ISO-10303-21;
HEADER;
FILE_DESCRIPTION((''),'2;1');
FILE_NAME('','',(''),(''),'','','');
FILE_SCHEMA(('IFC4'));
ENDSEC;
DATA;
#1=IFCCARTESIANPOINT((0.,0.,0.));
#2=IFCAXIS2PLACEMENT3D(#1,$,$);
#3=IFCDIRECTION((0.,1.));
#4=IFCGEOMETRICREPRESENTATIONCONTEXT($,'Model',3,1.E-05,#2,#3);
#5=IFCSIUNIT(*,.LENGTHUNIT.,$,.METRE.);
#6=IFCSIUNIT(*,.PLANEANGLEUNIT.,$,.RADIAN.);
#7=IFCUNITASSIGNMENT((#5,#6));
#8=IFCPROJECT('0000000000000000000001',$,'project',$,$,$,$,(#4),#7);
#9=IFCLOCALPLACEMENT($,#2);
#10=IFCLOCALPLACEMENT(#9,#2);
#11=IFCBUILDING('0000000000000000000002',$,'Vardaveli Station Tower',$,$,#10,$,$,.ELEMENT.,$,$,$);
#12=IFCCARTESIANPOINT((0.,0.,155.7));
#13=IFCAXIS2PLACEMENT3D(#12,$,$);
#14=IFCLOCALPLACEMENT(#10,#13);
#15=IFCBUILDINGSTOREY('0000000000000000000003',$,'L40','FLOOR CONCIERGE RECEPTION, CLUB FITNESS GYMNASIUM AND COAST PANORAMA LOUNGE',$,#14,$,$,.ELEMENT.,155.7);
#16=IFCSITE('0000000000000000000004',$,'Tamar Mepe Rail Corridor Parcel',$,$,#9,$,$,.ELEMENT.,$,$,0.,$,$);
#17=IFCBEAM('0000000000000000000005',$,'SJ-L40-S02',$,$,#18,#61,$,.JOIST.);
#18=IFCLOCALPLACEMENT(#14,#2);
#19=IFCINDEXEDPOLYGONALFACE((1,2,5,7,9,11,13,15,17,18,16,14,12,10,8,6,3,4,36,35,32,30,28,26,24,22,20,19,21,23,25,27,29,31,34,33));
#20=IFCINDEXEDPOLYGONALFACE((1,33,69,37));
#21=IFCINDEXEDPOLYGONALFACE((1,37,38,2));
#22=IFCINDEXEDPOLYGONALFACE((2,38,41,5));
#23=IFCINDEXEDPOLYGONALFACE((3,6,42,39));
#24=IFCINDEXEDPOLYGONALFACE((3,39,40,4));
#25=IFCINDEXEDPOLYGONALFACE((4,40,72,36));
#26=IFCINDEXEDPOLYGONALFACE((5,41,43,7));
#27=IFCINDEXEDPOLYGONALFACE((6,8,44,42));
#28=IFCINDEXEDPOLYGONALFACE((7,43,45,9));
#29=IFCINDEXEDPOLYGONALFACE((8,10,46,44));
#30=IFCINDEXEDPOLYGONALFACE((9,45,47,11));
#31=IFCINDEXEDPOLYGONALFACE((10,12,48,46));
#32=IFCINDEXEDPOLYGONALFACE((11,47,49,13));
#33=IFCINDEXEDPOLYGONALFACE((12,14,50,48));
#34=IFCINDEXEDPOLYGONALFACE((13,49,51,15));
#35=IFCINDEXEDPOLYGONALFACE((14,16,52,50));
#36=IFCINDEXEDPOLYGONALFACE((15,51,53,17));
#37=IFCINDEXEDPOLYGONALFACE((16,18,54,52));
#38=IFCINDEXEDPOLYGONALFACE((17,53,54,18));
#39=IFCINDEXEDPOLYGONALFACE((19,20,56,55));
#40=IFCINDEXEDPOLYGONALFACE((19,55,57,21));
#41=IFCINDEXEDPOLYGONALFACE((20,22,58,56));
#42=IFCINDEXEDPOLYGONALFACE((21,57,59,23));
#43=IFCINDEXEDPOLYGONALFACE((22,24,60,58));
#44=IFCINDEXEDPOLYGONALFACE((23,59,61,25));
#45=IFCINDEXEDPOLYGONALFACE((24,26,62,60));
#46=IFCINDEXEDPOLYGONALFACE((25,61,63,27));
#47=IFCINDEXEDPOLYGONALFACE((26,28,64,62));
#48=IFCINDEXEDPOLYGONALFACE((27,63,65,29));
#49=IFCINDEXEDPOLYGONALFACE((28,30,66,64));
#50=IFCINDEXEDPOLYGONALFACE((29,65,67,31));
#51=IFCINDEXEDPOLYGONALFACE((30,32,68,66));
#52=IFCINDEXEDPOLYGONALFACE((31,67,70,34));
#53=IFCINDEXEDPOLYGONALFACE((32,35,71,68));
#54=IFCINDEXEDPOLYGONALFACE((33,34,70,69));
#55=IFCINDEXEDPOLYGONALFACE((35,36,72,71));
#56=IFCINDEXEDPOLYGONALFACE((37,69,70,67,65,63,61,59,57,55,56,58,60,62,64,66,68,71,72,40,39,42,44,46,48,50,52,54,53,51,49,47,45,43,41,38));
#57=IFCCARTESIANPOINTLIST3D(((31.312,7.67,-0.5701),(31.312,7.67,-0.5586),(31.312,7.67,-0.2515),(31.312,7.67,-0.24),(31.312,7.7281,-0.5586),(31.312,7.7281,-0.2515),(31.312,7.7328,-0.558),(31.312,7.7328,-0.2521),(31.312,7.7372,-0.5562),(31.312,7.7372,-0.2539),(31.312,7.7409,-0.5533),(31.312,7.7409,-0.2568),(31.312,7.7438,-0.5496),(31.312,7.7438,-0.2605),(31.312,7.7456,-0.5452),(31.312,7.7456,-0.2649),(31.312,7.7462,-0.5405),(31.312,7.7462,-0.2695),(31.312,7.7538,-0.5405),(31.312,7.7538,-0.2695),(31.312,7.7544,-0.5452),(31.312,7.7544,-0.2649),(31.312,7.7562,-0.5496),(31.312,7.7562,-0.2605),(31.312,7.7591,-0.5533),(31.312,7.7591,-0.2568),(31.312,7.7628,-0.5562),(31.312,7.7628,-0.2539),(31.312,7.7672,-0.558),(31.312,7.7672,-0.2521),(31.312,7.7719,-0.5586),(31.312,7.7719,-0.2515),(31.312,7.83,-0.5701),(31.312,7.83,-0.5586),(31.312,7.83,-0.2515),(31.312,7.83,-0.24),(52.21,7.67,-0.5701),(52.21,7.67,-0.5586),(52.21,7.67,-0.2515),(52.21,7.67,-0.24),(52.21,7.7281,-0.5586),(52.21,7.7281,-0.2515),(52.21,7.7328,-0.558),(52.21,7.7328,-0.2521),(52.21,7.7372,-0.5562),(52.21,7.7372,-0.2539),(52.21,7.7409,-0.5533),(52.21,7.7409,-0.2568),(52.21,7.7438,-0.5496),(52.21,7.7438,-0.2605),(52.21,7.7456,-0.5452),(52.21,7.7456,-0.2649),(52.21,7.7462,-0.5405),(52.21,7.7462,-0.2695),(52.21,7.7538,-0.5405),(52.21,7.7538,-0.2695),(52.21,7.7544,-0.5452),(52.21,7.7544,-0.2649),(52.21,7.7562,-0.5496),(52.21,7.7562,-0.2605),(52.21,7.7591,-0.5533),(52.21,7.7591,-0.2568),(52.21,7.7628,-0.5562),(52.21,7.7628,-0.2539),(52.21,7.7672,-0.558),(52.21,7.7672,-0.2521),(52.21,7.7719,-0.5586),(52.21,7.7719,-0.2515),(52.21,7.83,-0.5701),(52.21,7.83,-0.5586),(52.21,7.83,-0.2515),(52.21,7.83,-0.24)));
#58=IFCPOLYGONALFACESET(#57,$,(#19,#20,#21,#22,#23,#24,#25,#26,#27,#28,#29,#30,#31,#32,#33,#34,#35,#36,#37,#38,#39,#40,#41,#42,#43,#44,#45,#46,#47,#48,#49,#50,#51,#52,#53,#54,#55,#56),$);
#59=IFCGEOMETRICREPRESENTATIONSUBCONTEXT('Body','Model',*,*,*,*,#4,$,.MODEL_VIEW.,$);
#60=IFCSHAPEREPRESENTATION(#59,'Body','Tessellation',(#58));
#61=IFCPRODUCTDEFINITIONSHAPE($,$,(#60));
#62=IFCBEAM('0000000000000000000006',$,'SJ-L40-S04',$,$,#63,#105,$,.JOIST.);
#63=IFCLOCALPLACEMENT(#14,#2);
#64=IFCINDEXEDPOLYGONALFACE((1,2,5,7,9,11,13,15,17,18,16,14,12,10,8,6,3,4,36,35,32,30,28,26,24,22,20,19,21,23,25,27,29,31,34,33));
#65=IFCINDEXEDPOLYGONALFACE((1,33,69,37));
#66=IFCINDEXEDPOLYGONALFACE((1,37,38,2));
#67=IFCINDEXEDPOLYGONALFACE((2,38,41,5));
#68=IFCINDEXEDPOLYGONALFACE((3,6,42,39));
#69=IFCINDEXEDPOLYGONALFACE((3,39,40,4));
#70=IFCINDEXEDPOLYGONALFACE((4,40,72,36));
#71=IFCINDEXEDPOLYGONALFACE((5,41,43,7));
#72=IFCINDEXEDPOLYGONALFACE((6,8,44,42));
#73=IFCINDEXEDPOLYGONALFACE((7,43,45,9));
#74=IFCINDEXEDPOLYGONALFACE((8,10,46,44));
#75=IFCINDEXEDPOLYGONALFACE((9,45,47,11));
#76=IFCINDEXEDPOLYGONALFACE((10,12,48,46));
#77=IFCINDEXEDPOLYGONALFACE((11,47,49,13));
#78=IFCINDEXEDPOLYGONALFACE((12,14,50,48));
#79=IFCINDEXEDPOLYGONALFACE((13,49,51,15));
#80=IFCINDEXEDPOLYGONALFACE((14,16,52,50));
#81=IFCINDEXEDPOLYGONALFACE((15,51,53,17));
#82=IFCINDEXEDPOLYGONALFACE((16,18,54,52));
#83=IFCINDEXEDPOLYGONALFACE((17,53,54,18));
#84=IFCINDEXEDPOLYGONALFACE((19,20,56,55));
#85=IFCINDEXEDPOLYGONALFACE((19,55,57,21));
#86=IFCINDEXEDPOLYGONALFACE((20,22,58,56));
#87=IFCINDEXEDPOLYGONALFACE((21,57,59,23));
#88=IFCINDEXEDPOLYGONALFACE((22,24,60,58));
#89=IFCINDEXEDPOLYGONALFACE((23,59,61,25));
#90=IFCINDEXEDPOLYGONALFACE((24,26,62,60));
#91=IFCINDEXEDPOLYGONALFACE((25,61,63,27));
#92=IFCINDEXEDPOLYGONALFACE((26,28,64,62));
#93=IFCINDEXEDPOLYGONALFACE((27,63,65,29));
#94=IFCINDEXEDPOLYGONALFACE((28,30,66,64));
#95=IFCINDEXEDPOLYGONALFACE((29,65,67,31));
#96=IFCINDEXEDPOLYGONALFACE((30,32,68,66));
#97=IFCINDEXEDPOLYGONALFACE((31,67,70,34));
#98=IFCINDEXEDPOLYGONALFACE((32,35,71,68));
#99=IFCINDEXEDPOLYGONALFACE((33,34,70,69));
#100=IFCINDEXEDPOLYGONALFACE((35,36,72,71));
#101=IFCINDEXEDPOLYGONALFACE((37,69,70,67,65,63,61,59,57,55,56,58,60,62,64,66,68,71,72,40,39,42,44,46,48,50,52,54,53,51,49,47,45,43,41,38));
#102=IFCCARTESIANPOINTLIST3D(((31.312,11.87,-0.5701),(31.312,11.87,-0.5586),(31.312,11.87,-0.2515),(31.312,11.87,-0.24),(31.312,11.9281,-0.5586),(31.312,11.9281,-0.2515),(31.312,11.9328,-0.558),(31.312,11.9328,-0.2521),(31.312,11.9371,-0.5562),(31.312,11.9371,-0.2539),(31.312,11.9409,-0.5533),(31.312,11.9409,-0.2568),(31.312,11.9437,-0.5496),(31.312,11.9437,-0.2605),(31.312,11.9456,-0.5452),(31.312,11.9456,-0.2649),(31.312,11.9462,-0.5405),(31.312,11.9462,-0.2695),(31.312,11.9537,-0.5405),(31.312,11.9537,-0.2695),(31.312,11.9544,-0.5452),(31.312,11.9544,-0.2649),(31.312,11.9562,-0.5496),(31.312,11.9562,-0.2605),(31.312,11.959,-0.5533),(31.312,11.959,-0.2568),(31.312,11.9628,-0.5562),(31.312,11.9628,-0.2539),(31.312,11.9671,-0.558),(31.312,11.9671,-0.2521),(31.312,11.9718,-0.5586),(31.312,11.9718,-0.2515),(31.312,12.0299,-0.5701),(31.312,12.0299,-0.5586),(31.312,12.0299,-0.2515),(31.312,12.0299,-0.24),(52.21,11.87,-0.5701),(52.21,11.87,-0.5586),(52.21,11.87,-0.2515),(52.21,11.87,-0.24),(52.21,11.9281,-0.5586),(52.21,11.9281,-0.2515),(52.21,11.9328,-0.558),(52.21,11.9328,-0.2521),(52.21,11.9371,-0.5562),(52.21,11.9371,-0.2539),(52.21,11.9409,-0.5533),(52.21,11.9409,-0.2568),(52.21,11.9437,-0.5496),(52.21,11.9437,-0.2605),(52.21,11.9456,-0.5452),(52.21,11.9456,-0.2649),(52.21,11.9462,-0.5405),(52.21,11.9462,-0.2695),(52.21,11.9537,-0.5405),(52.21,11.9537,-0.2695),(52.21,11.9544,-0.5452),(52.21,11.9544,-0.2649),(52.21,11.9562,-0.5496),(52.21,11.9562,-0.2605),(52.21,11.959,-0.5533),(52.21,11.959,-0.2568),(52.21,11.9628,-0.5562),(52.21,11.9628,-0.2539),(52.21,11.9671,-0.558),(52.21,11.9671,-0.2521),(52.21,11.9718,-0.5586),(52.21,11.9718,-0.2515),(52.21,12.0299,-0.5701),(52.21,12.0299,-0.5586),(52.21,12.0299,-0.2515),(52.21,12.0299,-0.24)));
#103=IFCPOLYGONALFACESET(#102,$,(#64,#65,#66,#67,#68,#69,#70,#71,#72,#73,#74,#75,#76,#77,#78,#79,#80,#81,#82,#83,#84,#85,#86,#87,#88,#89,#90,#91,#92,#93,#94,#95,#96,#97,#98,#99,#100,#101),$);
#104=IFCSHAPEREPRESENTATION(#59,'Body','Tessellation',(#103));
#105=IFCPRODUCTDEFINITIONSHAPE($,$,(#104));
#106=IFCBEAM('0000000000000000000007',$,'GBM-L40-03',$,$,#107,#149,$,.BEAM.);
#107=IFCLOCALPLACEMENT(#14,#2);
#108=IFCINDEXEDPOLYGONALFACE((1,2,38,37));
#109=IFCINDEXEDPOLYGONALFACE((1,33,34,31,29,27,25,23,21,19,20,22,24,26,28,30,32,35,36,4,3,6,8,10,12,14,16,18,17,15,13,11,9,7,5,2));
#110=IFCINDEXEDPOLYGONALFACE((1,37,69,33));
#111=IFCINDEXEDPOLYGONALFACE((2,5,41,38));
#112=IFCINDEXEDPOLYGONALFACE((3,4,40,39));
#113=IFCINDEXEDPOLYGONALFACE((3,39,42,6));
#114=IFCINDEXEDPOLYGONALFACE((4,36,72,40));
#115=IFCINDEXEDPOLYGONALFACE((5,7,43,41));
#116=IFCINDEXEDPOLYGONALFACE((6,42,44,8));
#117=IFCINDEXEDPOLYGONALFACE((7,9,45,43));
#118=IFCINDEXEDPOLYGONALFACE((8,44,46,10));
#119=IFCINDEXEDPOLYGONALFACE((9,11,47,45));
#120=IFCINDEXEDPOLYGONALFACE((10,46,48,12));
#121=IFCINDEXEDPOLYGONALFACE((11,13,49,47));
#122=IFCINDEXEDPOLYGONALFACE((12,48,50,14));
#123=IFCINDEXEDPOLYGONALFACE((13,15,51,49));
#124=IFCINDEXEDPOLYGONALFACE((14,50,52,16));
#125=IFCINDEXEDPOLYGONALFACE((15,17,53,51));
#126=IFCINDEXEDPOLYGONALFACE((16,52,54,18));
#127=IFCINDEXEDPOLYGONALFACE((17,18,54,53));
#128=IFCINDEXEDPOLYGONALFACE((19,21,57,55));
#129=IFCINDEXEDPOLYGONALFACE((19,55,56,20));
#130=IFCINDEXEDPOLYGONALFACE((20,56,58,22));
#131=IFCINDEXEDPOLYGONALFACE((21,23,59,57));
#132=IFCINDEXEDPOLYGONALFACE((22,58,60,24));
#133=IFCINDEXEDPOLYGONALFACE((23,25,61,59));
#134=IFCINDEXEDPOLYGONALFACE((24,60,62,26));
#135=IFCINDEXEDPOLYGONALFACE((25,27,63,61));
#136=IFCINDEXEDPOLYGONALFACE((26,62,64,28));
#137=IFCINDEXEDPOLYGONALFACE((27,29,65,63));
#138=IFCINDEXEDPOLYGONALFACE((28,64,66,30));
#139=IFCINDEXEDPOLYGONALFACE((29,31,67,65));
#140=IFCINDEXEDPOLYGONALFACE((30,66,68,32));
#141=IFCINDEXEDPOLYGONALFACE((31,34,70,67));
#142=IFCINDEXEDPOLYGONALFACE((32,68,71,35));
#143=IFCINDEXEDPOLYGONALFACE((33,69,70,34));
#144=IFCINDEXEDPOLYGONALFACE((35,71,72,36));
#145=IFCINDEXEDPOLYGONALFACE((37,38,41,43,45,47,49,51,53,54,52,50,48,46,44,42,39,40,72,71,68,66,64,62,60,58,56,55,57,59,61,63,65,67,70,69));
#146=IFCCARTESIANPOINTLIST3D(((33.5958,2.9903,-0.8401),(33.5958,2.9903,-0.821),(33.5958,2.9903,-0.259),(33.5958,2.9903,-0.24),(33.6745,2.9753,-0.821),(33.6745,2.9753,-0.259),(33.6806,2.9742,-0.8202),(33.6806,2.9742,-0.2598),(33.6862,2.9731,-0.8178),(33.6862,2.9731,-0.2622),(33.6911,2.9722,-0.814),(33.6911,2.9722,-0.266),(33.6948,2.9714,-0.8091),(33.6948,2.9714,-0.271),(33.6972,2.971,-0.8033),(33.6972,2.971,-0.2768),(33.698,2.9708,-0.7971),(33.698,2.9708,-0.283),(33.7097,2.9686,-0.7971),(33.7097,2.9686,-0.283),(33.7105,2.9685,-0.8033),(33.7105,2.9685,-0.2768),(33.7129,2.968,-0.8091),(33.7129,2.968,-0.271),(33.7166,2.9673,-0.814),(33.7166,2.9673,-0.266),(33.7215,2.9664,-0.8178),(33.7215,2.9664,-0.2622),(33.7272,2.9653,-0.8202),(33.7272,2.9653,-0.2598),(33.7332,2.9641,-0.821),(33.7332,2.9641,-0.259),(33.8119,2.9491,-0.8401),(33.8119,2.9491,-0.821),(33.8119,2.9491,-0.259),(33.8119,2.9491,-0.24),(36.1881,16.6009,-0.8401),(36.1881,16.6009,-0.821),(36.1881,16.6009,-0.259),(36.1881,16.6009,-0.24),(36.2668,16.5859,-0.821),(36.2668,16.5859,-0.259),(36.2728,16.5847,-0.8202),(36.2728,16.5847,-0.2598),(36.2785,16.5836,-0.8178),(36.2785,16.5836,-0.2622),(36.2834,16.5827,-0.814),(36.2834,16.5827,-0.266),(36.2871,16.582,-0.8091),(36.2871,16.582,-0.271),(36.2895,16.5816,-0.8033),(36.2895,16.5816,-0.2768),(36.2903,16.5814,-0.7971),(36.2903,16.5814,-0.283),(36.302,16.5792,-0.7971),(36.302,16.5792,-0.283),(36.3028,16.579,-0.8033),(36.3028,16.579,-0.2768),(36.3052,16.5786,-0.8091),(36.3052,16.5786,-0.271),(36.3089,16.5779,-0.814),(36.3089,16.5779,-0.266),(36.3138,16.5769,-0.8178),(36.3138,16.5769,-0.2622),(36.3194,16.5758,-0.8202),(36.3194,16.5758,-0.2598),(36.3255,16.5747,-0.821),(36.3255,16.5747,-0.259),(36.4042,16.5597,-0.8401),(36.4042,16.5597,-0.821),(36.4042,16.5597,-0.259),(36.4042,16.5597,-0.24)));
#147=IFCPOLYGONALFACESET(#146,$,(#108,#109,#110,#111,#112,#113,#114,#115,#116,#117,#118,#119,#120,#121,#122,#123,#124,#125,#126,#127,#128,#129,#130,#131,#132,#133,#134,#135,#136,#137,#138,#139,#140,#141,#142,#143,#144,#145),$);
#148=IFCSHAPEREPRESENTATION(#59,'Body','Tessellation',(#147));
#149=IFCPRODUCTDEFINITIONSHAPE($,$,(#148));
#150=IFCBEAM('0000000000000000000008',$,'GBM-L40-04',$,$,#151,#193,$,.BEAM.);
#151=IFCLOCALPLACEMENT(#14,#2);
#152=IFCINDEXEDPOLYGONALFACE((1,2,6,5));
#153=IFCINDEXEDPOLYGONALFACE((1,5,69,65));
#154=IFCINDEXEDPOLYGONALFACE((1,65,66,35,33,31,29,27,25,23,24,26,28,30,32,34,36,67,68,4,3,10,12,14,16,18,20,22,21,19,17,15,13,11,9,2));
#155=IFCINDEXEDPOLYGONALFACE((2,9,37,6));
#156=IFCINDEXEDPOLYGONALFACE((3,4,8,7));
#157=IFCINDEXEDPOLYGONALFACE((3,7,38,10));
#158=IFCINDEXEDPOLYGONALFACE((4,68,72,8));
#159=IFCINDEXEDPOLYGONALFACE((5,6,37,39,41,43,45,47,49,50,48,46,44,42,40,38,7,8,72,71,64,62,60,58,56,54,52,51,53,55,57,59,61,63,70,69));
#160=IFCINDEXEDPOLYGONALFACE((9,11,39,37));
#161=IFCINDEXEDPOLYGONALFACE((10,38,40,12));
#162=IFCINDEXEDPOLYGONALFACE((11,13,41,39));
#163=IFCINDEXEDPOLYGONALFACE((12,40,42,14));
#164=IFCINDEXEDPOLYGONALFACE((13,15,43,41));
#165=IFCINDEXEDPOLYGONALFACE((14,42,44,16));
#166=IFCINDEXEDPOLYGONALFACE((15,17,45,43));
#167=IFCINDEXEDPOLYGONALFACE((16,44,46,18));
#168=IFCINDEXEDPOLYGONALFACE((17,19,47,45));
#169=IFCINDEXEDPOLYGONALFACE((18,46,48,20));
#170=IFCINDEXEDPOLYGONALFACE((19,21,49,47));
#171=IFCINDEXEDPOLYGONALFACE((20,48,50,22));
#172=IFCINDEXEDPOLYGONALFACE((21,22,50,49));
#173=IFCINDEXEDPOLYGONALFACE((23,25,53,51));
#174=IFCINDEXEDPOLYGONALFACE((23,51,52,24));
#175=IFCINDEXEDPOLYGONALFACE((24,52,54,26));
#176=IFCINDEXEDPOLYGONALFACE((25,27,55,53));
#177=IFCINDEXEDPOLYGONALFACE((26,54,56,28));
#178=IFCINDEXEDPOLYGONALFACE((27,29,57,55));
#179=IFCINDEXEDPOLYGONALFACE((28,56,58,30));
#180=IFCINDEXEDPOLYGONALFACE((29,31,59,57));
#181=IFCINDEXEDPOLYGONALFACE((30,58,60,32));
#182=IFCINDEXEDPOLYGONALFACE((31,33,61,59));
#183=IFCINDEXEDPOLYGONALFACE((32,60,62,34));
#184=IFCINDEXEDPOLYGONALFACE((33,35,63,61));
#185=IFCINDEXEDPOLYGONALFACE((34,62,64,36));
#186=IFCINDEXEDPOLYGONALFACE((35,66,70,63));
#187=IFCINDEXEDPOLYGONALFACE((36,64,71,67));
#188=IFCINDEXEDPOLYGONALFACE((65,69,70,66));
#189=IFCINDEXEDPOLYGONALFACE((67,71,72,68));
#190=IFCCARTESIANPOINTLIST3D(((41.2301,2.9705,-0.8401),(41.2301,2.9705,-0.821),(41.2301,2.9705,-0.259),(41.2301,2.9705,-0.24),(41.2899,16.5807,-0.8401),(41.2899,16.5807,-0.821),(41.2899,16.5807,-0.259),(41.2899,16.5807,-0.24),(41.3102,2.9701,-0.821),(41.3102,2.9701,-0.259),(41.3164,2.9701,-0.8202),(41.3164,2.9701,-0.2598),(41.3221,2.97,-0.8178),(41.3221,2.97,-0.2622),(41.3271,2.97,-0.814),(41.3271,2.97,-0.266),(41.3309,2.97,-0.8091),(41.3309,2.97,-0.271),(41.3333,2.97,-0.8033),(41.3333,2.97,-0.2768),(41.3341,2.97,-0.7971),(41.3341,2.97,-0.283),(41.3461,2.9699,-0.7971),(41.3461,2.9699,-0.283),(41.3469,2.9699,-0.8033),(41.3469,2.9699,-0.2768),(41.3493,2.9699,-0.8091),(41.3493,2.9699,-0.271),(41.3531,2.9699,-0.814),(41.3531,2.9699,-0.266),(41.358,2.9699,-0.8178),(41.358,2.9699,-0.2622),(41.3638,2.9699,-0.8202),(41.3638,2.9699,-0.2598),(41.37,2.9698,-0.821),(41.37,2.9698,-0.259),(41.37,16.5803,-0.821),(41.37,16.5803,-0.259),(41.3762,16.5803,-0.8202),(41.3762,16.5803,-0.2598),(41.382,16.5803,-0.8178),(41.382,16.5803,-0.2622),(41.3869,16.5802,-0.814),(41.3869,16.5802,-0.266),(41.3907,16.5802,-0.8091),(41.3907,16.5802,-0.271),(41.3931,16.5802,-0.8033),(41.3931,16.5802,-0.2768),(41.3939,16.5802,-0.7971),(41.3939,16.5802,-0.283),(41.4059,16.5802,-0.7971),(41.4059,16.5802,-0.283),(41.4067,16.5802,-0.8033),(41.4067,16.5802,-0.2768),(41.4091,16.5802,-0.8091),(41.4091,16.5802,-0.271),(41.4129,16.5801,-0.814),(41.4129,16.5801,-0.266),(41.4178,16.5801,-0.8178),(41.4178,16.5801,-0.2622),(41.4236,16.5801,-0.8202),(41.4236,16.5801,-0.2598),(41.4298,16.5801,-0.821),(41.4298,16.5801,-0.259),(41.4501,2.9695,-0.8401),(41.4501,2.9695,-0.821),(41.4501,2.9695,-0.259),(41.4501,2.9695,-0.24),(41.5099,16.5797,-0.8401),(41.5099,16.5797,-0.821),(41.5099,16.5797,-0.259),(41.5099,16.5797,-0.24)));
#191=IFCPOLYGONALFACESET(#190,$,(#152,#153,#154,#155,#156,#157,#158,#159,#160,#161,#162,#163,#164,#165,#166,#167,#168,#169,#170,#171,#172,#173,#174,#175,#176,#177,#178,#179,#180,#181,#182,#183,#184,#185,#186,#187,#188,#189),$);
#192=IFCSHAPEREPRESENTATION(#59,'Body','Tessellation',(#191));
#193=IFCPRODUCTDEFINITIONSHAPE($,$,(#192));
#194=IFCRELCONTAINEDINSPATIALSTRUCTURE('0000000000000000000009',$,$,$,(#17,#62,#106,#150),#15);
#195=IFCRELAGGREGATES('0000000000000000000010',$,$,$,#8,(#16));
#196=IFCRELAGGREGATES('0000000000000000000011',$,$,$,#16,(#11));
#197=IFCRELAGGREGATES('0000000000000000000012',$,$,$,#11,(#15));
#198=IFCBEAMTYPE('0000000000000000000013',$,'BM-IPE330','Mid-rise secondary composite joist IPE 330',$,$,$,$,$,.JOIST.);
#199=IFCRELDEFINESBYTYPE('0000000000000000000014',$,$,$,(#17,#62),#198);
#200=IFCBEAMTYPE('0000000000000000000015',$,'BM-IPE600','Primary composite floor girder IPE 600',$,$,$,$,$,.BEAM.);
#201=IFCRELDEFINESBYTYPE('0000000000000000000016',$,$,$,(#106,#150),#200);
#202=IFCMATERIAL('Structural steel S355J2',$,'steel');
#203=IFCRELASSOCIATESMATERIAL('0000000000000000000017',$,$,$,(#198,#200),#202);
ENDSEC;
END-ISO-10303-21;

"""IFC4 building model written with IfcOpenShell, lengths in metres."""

from ifc_helpers import new_model, si_unit, direction, frame, origin, origin_2d, place, context, subcontext, project, spatial, i_section, extrude, source, transform, mapped, material, material_profile, profile_set, type_object, element, save


model = new_model("IFC4")

# Units and contexts
model_context = context("Model", 3, precision=1e-05, world=origin(), true_north=direction((0.0, 1.0)))
body_context = subcontext(model_context, "Body", "Model", "MODEL_VIEW")
ifc_project = project(units=[si_unit("LENGTHUNIT", "METRE"), si_unit("PLANEANGLEUNIT", "RADIAN")], contexts=[model_context])

# Site, building, storey
site_placement = place(None, origin())
site = spatial("IfcSite", under=ifc_project, at=site_placement, Name="Tamar Mepe Rail Corridor Parcel", CompositionType="ELEMENT", RefElevation=0.0)
building_placement = place(site_placement, origin())
building = spatial("IfcBuilding", under=site, at=building_placement, Name="Vardaveli Station Tower", CompositionType="ELEMENT")
storey_placement = place(building_placement, frame((0.0, 0.0, 155.7)))
storey = spatial("IfcBuildingStorey", under=building, at=storey_placement, Name="L40", Description="FLOOR CONCIERGE RECEPTION, CLUB FITNESS GYMNASIUM AND COAST PANORAMA LOUNGE", CompositionType="ELEMENT", Elevation=155.7)

# Beams
ifc_material_1 = material(Name="Structural steel S355J2", Category="steel")
ifc_material_profile_1 = material_profile(ifc_material_1, i_section(OverallWidth=0.1599, OverallDepth=0.3301, WebThickness=0.0076, FlangeThickness=0.0115, FilletRadius=0.0181, at=origin_2d()), Name="IPE 330")
ifc_profile_set_1 = profile_set([ifc_material_profile_1], Name="Structural steel S355J2")
beam_type_1 = type_object("IfcBeamType", Name="BM-IPE330", Description="Mid-rise secondary composite joist IPE 330", PredefinedType="JOIST", material=ifc_profile_set_1)
shared_shape_1 = source(origin(), body_context, "Body", "SweptSolid", [
    extrude(i_section(OverallWidth=0.1599, OverallDepth=0.3301, WebThickness=0.0076, FlangeThickness=0.0115, FilletRadius=0.0181, at=origin_2d()), origin(), (0.0, 0.0, 1.0), 20.8979),
])
for number, where, z_axis, x_axis, name in (
    (1, (31.312, 7.75, -0.405), (1.0, 0.0, 0.0), (0.0, 1.0, 0.0), "SJ-L40-S02"),
    (2, (31.312, 11.95, -0.405), (1.0, 0.0, 0.0), (0.0, 1.0, 0.0), "SJ-L40-S04"),
):
    element("IfcBeam", number, at=place(storey_placement, frame(where, z_axis=z_axis, x_axis=x_axis)), inside=storey, type_object=beam_type_1, Name=name, PredefinedType="JOIST", context=body_context, shape_type="MappedRepresentation", body=[
        mapped(shared_shape_1, transform((0.0, 0.0, 0.0), scale=1.0)),
    ])
ifc_material_profile_2 = material_profile(ifc_material_1, i_section(OverallWidth=0.22, OverallDepth=0.6001, WebThickness=0.012, FlangeThickness=0.019, FilletRadius=0.0239, at=origin_2d()), Name="IPE 600")
ifc_profile_set_2 = profile_set([ifc_material_profile_2], Name="Structural steel S355J2")
beam_type_2 = type_object("IfcBeamType", Name="BM-IPE600", Description="Primary composite floor girder IPE 600", PredefinedType="BEAM", material=ifc_profile_set_2)
shared_shape_2 = source(origin(), body_context, "Body", "SweptSolid", [
    extrude(i_section(OverallWidth=0.22, OverallDepth=0.6001, WebThickness=0.012, FlangeThickness=0.019, FilletRadius=0.0239, at=origin_2d()), origin(), (0.0, 0.0, 1.0), 13.8552),
])
beam_1_placement = place(storey_placement, frame((33.7039, 2.9697, -0.54), z_axis=(0.187098, 0.982341, 0.0), x_axis=(-0.982341, 0.187098, 0.0)))
element("IfcBeam", 3, at=beam_1_placement, inside=storey, type_object=beam_type_2, Name="GBM-L40-03", PredefinedType="BEAM", context=body_context, shape_type="MappedRepresentation", body=[
    mapped(shared_shape_2, transform((0.0, 0.0, 0.0), scale=1.0)),
])
shared_shape_3 = source(origin(), body_context, "Body", "SweptSolid", [
    extrude(i_section(OverallWidth=0.22, OverallDepth=0.6001, WebThickness=0.012, FlangeThickness=0.019, FilletRadius=0.0239, at=origin_2d()), origin(), (0.0, 0.0, 1.0), 13.6104),
])
beam_2_placement = place(storey_placement, frame((41.3401, 2.97, -0.54), z_axis=(0.004395, 0.99999, 0.0), x_axis=(-0.99999, 0.004395, 0.0)))
element("IfcBeam", 4, at=beam_2_placement, inside=storey, type_object=beam_type_2, Name="GBM-L40-04", PredefinedType="BEAM", context=body_context, shape_type="MappedRepresentation", body=[
    mapped(shared_shape_3, transform((0.0, 0.0, 0.0), scale=1.0)),
])

save(model, "model.ifc")
